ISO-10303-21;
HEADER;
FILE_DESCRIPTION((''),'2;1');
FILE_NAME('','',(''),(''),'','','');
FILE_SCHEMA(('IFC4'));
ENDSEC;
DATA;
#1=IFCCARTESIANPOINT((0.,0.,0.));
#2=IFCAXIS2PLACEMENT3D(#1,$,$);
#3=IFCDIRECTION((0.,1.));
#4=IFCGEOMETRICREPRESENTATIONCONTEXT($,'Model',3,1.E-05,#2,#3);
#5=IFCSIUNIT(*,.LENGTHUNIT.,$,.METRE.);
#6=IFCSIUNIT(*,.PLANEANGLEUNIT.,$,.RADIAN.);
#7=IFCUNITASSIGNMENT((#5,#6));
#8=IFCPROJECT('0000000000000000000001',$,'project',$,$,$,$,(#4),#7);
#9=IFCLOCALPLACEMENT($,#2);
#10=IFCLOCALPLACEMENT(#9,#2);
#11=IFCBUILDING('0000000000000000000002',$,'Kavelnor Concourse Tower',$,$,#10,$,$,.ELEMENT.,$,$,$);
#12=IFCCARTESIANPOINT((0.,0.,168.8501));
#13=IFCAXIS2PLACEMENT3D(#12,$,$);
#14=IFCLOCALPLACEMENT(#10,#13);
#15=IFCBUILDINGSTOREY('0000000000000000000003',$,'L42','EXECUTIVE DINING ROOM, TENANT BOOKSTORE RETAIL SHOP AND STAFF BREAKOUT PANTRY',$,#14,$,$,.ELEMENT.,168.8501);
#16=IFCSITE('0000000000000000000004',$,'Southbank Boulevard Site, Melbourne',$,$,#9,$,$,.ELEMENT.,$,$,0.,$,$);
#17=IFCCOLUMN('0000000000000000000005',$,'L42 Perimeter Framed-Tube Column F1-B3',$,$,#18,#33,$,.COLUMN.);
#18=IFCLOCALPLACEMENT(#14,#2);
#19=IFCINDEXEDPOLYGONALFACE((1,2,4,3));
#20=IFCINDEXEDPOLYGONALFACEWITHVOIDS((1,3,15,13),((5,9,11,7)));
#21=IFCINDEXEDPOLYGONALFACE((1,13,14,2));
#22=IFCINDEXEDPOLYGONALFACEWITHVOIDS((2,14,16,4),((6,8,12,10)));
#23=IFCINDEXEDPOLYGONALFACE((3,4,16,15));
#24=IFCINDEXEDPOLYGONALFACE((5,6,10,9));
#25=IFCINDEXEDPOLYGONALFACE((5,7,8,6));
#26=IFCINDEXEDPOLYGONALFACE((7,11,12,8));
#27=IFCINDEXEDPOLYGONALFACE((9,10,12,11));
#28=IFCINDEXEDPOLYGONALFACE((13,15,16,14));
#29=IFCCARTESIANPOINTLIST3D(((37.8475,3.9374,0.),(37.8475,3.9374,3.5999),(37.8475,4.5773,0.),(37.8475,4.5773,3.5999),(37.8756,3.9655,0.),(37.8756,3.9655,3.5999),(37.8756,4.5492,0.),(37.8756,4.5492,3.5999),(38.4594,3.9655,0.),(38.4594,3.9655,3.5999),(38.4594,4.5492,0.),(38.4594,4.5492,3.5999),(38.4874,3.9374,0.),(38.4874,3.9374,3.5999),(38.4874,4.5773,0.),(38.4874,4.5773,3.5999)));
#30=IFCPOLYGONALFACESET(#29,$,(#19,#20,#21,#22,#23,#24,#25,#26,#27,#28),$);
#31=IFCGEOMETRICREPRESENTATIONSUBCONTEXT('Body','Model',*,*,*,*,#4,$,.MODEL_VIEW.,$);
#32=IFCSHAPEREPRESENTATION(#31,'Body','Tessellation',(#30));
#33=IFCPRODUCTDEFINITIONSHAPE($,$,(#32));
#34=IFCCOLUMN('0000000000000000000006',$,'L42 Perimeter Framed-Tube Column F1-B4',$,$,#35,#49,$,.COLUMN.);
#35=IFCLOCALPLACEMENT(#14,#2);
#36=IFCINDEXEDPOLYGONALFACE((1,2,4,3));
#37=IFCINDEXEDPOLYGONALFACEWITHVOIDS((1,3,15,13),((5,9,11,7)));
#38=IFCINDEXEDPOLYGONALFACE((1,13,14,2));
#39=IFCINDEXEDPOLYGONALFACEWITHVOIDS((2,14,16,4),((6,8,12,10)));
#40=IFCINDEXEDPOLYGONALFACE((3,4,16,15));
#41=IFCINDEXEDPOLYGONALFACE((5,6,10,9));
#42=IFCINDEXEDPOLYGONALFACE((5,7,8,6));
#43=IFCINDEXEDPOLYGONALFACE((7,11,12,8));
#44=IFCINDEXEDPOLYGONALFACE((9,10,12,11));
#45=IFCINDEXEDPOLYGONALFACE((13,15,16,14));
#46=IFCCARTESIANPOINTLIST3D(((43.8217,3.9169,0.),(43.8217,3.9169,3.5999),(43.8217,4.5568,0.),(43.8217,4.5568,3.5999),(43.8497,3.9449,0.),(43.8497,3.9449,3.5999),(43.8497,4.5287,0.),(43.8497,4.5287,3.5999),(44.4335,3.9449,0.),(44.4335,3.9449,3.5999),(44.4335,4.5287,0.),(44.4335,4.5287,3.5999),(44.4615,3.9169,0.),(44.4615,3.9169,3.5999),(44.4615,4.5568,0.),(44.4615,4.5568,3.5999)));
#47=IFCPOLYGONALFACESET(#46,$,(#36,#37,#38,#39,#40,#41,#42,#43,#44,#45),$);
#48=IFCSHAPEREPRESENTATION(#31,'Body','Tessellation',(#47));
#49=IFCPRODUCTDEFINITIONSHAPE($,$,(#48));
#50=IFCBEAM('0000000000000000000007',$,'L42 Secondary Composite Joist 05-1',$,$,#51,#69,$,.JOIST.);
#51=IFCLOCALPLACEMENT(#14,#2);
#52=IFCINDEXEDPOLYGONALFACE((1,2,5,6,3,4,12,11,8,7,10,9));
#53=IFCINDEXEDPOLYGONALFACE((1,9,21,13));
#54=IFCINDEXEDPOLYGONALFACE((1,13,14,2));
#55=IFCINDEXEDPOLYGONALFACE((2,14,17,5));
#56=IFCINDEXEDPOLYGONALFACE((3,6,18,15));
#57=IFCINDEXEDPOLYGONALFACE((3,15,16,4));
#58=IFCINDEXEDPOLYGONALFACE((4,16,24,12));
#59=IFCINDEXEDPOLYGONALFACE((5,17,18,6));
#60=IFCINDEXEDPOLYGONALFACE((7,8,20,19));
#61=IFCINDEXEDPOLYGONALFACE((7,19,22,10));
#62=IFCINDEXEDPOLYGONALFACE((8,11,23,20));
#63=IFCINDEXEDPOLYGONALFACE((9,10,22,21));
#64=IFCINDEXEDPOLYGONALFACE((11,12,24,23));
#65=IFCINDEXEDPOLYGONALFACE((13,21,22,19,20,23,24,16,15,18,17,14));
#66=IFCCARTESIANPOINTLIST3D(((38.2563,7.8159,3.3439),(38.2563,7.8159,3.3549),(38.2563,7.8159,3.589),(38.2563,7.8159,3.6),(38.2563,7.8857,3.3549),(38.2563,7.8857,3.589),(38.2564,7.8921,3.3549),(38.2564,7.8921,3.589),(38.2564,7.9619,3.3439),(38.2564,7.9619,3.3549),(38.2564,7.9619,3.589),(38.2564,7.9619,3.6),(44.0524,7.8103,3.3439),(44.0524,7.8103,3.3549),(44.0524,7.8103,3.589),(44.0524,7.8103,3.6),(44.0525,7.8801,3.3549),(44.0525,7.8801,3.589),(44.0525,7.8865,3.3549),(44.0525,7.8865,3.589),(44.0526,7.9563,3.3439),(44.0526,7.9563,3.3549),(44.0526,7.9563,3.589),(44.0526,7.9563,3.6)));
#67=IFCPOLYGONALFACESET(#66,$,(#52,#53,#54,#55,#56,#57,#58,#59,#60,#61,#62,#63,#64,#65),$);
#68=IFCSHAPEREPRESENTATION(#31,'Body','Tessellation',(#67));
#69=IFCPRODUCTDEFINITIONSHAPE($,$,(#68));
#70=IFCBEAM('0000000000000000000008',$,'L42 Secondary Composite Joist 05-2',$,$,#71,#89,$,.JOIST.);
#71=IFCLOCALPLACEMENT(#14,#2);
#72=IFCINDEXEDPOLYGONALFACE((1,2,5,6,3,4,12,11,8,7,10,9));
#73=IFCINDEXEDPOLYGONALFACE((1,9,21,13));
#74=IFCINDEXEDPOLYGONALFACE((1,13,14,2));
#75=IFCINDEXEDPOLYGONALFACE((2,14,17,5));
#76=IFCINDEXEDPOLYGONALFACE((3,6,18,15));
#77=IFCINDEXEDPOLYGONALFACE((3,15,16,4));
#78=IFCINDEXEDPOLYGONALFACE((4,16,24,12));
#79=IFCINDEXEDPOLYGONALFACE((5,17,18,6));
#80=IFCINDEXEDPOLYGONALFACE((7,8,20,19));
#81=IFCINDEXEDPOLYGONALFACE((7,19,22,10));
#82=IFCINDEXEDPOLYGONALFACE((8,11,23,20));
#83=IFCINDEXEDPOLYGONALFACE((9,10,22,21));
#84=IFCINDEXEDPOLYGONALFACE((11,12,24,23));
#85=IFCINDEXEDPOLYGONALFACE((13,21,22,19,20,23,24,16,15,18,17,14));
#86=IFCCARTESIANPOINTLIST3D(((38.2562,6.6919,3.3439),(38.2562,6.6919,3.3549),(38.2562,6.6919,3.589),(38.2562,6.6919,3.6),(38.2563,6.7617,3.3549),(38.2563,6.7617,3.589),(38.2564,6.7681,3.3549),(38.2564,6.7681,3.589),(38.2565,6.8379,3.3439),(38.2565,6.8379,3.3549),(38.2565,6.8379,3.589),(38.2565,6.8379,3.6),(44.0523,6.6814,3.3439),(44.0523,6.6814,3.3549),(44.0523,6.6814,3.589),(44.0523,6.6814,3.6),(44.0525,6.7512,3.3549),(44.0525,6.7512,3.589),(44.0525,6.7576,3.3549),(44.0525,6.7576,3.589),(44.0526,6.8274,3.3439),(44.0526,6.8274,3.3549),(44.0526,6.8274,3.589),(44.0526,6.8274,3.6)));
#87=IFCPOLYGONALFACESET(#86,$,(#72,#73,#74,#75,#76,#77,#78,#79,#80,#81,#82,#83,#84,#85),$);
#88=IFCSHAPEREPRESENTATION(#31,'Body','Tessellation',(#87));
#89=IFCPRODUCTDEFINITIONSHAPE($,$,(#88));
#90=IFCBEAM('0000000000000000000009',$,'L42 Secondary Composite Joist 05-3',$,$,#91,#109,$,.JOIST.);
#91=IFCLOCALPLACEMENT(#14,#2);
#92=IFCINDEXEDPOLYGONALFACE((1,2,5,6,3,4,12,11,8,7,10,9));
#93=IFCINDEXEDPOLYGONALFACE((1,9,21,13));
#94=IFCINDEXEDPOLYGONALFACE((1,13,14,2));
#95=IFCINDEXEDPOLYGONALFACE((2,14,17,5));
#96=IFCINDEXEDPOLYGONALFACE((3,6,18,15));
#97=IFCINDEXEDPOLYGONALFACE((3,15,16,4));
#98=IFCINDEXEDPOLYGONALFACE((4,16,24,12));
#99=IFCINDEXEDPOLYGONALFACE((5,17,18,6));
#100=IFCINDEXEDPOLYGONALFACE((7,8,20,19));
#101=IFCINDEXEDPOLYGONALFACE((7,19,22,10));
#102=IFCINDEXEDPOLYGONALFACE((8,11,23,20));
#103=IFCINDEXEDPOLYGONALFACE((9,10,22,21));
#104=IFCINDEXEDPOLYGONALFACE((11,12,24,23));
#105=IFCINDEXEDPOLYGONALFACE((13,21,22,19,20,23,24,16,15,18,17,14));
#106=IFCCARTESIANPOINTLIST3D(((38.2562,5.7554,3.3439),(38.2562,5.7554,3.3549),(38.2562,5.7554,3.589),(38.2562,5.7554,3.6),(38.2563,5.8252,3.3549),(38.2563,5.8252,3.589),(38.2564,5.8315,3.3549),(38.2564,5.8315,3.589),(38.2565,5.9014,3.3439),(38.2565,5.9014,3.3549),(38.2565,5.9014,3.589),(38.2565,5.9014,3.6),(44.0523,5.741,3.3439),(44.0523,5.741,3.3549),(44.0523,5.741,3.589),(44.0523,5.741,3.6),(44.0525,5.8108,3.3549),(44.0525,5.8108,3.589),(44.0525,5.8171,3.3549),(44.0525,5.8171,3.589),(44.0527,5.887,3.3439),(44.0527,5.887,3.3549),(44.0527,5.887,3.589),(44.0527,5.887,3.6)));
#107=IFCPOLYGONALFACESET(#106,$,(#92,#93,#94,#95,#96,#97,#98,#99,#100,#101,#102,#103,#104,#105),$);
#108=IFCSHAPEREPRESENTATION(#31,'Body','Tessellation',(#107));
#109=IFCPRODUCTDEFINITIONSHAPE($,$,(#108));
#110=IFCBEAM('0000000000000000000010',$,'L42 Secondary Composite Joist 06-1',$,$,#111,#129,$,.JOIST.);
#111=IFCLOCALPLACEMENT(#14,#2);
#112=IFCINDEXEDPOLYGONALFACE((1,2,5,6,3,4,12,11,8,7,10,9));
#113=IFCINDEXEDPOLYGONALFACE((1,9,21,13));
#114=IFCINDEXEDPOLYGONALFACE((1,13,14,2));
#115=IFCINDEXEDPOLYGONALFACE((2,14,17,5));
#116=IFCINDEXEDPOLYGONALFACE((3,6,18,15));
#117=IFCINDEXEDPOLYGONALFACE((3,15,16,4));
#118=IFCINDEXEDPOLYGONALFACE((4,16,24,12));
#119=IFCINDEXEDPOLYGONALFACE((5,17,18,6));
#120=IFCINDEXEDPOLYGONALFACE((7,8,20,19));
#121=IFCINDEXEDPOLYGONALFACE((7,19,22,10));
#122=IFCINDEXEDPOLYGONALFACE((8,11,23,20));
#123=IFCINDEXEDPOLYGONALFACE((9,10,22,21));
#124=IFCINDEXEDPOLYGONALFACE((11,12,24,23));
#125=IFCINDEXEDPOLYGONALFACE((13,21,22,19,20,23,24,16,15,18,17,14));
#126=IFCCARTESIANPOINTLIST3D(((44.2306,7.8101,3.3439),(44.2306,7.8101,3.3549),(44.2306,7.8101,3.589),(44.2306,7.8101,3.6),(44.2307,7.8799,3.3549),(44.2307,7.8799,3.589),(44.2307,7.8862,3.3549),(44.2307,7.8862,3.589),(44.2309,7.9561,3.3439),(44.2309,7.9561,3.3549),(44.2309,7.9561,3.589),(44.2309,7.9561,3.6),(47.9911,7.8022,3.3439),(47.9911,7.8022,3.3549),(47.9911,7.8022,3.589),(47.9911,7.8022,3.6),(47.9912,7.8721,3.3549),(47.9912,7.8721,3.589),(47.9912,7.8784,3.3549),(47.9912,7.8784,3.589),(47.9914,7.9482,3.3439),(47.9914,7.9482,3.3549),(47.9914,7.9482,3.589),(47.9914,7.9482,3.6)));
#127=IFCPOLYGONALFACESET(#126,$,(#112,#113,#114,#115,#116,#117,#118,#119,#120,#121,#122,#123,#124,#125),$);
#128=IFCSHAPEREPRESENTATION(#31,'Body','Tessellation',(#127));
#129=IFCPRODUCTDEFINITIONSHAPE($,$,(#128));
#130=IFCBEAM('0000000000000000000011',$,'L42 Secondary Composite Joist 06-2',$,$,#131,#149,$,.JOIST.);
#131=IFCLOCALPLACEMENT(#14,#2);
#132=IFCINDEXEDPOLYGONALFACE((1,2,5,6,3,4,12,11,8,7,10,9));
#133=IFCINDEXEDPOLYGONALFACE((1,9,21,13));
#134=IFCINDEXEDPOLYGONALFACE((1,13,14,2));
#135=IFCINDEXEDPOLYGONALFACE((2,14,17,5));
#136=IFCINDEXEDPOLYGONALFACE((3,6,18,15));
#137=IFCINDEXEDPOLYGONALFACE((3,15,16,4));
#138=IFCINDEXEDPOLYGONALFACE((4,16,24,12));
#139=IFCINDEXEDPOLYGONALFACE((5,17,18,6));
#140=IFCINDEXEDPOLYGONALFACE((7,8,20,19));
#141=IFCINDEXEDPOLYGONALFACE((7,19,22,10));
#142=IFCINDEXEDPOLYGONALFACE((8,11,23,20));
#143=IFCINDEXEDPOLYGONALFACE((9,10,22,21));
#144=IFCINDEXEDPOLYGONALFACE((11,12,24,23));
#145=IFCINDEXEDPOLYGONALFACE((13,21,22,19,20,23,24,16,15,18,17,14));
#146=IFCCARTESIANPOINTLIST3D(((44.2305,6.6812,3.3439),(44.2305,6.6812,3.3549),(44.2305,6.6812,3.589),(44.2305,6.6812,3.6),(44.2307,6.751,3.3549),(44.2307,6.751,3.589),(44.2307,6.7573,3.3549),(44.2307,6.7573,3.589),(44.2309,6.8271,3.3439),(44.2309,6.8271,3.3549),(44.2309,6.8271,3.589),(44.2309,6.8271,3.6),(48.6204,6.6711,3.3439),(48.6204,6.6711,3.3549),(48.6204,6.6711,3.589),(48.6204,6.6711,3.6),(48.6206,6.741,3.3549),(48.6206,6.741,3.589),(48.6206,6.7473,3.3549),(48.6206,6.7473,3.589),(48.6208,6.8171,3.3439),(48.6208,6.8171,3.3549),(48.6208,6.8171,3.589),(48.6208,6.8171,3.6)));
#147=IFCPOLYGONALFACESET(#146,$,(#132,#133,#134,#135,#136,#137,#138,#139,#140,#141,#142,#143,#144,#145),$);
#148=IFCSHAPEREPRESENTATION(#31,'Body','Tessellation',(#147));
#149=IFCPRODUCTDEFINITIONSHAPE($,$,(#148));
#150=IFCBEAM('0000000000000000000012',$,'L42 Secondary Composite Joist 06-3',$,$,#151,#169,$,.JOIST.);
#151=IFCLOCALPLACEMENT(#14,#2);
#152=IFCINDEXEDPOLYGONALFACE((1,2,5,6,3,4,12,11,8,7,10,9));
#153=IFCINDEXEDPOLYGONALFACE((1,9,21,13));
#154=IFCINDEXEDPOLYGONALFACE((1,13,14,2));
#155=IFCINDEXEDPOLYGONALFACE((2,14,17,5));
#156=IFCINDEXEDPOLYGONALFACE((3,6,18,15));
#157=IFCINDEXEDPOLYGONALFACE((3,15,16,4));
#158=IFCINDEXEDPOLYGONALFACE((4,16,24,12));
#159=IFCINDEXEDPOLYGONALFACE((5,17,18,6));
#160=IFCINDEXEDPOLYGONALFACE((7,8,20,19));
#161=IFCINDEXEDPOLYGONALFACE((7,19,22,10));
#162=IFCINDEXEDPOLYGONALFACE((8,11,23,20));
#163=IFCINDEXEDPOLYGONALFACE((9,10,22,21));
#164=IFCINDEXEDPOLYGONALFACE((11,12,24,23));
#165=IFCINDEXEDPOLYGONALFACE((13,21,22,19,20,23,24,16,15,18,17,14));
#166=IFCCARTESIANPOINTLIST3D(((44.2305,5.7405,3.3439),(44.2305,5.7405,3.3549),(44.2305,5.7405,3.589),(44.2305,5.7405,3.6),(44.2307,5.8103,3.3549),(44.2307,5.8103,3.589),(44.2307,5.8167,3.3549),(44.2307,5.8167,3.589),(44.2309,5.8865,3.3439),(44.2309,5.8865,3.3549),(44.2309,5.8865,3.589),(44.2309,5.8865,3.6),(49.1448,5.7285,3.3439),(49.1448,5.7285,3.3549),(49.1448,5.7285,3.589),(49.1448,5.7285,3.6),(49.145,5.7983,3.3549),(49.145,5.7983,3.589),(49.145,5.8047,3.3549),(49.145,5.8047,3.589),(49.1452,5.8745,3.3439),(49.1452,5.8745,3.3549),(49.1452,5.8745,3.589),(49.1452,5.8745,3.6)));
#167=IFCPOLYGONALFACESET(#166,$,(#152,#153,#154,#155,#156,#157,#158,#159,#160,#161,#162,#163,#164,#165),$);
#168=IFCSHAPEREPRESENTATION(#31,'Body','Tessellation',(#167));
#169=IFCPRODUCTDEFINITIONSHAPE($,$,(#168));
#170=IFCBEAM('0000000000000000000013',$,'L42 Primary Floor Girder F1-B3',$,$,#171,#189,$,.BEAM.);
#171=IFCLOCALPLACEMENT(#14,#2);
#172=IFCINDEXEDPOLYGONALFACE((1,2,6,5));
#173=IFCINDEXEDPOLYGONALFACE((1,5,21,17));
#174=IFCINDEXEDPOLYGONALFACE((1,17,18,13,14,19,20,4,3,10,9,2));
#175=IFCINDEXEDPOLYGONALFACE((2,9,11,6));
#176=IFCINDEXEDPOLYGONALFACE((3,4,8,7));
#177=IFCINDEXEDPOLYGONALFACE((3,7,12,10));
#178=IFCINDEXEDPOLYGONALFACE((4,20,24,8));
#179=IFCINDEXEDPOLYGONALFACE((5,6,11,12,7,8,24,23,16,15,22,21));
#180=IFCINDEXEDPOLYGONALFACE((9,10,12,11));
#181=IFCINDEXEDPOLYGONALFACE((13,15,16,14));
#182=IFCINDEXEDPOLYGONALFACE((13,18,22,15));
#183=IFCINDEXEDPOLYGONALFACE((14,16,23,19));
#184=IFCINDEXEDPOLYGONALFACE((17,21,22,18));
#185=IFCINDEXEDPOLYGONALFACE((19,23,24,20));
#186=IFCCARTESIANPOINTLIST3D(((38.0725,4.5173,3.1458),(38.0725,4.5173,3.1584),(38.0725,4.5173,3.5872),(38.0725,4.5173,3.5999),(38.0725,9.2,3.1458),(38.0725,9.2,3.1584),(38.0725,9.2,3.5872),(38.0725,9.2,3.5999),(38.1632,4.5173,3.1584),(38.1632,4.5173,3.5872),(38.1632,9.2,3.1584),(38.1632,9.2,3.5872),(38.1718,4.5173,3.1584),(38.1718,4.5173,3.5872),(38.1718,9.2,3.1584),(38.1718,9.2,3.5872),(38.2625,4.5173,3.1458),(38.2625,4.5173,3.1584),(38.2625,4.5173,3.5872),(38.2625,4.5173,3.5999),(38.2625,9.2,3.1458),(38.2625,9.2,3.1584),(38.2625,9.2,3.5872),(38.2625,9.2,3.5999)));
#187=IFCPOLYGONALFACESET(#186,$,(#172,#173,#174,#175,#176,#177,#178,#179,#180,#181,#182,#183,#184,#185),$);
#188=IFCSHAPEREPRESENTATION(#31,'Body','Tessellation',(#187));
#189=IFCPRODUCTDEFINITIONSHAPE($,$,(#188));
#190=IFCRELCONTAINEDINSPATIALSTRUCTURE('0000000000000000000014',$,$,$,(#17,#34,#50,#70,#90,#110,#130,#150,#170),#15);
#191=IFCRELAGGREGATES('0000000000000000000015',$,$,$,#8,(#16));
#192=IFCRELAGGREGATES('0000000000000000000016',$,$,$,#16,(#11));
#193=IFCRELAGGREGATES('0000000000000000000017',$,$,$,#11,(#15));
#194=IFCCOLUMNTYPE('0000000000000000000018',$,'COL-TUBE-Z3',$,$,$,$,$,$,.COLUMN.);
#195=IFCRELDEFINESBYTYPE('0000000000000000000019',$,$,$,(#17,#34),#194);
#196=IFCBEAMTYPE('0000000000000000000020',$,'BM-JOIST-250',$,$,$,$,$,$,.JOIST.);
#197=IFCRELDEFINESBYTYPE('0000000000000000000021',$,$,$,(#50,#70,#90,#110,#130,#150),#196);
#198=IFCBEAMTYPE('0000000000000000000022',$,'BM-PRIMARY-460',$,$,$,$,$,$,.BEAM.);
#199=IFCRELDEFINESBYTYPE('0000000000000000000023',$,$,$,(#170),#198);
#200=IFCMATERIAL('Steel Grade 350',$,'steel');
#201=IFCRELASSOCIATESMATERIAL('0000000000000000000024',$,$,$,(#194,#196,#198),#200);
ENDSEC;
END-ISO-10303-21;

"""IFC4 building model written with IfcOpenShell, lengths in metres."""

from ifc_helpers import new_model, si_unit, direction, frame, origin, origin_2d, place, context, subcontext, project, spatial, hollow_rectangle, i_section, extrude, material, material_profile, profile_set, type_object, element, save


model = new_model("IFC4")

# Units and contexts
model_context = context("Model", 3, precision=1e-05, world=origin(), true_north=direction((0.0, 1.0)))
body_context = subcontext(model_context, "Body", "Model", "MODEL_VIEW")
ifc_project = project(units=[si_unit("LENGTHUNIT", "METRE"), si_unit("PLANEANGLEUNIT", "RADIAN")], contexts=[model_context])

# Site, building, storey
site_placement = place(None, origin())
site = spatial("IfcSite", under=ifc_project, at=site_placement, Name="Southbank Boulevard Site, Melbourne", CompositionType="ELEMENT", RefElevation=0.0)
building_placement = place(site_placement, origin())
building = spatial("IfcBuilding", under=site, at=building_placement, Name="Kavelnor Concourse Tower", CompositionType="ELEMENT")
storey_placement = place(building_placement, frame((0.0, 0.0, 168.8501)))
storey = spatial("IfcBuildingStorey", under=building, at=storey_placement, Name="L42", Description="EXECUTIVE DINING ROOM, TENANT BOOKSTORE RETAIL SHOP AND STAFF BREAKOUT PANTRY", CompositionType="ELEMENT", Elevation=168.8501)

# Columns
ifc_material_1 = material(Name="Steel Grade 350", Category="steel")
ifc_material_profile_1 = material_profile(ifc_material_1, hollow_rectangle(XDim=0.6399, YDim=0.6399, WallThickness=0.0281, at=origin_2d()), Name="SHS 640x640x28")
ifc_profile_set_1 = profile_set([ifc_material_profile_1], Name="Steel Grade 350")
column_type = type_object("IfcColumnType", Name="COL-TUBE-Z3", PredefinedType="COLUMN", material=ifc_profile_set_1)
for number, where, z_axis, x_axis, name in (
    (1, (38.1675, 4.2573, 0.0), (0.0, 0.0, 1.0), (1.0, 0.0, 0.0), "L42 Perimeter Framed-Tube Column F1-B3"),
    (2, (44.1416, 4.2368, 0.0), (0.0, 0.0, 1.0), (1.0, 0.0, 0.0), "L42 Perimeter Framed-Tube Column F1-B4"),
):
    element("IfcColumn", number, at=place(storey_placement, frame(where, z_axis=z_axis, x_axis=x_axis)), inside=storey, type_object=column_type, Name=name, PredefinedType="COLUMN", context=body_context, shape_type="SweptSolid", body=[
        extrude(hollow_rectangle(XDim=0.6399, YDim=0.6399, WallThickness=0.0281, at=origin_2d()), origin(), (0.0, 0.0, 1.0), 3.5999),
    ])

# Beams
ifc_material_profile_2 = material_profile(ifc_material_1, i_section(OverallWidth=0.146, OverallDepth=0.2561, WebThickness=0.0063, FlangeThickness=0.011, at=origin_2d()), Name="250UB37")
ifc_profile_set_2 = profile_set([ifc_material_profile_2], Name="Steel Grade 350")
beam_type_1 = type_object("IfcBeamType", Name="BM-JOIST-250", PredefinedType="JOIST", material=ifc_profile_set_2)
for number, where, z_axis, x_axis, name in (
    (3, (38.2563, 7.8889, 3.4719), (1.0, -0.000969, 0.0), (0.000969, 1.0, 0.0), "L42 Secondary Composite Joist 05-1"),
    (4, (38.2563, 6.7649, 3.4719), (0.999998, -0.001811, 0.0), (0.001811, 0.999998, 0.0), "L42 Secondary Composite Joist 05-2"),
    (5, (38.2563, 5.8284, 3.4719), (0.999997, -0.002485, 0.0), (0.002485, 0.999997, 0.0), "L42 Secondary Composite Joist 05-3"),
):
    element("IfcBeam", number, at=place(storey_placement, frame(where, z_axis=z_axis, x_axis=x_axis)), inside=storey, type_object=beam_type_1, Name=name, PredefinedType="JOIST", context=body_context, shape_type="SweptSolid", body=[
        extrude(i_section(OverallWidth=0.146, OverallDepth=0.2561, WebThickness=0.0063, FlangeThickness=0.011, at=origin_2d()), origin(), (0.0, 0.0, 1.0), 5.7961),
    ])
beam_1_placement = place(storey_placement, frame((44.2307, 7.8831, 3.4719), z_axis=(0.999998, -0.002078, 0.0), x_axis=(0.002078, 0.999998, 0.0)))
element("IfcBeam", 6, at=beam_1_placement, inside=storey, type_object=beam_type_1, Name="L42 Secondary Composite Joist 06-1", PredefinedType="JOIST", context=body_context, shape_type="SweptSolid", body=[
    extrude(i_section(OverallWidth=0.146, OverallDepth=0.2561, WebThickness=0.0063, FlangeThickness=0.011, at=origin_2d()), origin(), (0.0, 0.0, 1.0), 3.7605),
])
beam_2_placement = place(storey_placement, frame((44.2307, 6.7542, 3.4719), z_axis=(0.999997, -0.00228, 0.0), x_axis=(0.00228, 0.999997, 0.0)))
element("IfcBeam", 7, at=beam_2_placement, inside=storey, type_object=beam_type_1, Name="L42 Secondary Composite Joist 06-2", PredefinedType="JOIST", context=body_context, shape_type="SweptSolid", body=[
    extrude(i_section(OverallWidth=0.146, OverallDepth=0.2561, WebThickness=0.0063, FlangeThickness=0.011, at=origin_2d()), origin(), (0.0, 0.0, 1.0), 4.3899),
])
beam_3_placement = place(storey_placement, frame((44.2307, 5.8135, 3.4719), z_axis=(0.999997, -0.002434, 0.0), x_axis=(0.002434, 0.999997, 0.0)))
element("IfcBeam", 8, at=beam_3_placement, inside=storey, type_object=beam_type_1, Name="L42 Secondary Composite Joist 06-3", PredefinedType="JOIST", context=body_context, shape_type="SweptSolid", body=[
    extrude(i_section(OverallWidth=0.146, OverallDepth=0.2561, WebThickness=0.0063, FlangeThickness=0.011, at=origin_2d()), origin(), (0.0, 0.0, 1.0), 4.9143),
])
ifc_material_profile_3 = material_profile(ifc_material_1, i_section(OverallWidth=0.1899, OverallDepth=0.4541, WebThickness=0.0085, FlangeThickness=0.0127, at=origin_2d()), Name="460UB67")
ifc_profile_set_3 = profile_set([ifc_material_profile_3], Name="Steel Grade 350")
beam_type_2 = type_object("IfcBeamType", Name="BM-PRIMARY-460", PredefinedType="BEAM", material=ifc_profile_set_3)
beam_4_placement = place(storey_placement, frame((38.1675, 9.2, 3.3728), z_axis=(0.0, -1.0, 0.0), x_axis=(1.0, 0.0, 0.0)))
element("IfcBeam", 9, at=beam_4_placement, inside=storey, type_object=beam_type_2, Name="L42 Primary Floor Girder F1-B3", PredefinedType="BEAM", context=body_context, shape_type="SweptSolid", body=[
    extrude(i_section(OverallWidth=0.1899, OverallDepth=0.4541, WebThickness=0.0085, FlangeThickness=0.0127, at=origin_2d()), origin(), (0.0, 0.0, 1.0), 4.6826),
])

save(model, "model.ifc")
